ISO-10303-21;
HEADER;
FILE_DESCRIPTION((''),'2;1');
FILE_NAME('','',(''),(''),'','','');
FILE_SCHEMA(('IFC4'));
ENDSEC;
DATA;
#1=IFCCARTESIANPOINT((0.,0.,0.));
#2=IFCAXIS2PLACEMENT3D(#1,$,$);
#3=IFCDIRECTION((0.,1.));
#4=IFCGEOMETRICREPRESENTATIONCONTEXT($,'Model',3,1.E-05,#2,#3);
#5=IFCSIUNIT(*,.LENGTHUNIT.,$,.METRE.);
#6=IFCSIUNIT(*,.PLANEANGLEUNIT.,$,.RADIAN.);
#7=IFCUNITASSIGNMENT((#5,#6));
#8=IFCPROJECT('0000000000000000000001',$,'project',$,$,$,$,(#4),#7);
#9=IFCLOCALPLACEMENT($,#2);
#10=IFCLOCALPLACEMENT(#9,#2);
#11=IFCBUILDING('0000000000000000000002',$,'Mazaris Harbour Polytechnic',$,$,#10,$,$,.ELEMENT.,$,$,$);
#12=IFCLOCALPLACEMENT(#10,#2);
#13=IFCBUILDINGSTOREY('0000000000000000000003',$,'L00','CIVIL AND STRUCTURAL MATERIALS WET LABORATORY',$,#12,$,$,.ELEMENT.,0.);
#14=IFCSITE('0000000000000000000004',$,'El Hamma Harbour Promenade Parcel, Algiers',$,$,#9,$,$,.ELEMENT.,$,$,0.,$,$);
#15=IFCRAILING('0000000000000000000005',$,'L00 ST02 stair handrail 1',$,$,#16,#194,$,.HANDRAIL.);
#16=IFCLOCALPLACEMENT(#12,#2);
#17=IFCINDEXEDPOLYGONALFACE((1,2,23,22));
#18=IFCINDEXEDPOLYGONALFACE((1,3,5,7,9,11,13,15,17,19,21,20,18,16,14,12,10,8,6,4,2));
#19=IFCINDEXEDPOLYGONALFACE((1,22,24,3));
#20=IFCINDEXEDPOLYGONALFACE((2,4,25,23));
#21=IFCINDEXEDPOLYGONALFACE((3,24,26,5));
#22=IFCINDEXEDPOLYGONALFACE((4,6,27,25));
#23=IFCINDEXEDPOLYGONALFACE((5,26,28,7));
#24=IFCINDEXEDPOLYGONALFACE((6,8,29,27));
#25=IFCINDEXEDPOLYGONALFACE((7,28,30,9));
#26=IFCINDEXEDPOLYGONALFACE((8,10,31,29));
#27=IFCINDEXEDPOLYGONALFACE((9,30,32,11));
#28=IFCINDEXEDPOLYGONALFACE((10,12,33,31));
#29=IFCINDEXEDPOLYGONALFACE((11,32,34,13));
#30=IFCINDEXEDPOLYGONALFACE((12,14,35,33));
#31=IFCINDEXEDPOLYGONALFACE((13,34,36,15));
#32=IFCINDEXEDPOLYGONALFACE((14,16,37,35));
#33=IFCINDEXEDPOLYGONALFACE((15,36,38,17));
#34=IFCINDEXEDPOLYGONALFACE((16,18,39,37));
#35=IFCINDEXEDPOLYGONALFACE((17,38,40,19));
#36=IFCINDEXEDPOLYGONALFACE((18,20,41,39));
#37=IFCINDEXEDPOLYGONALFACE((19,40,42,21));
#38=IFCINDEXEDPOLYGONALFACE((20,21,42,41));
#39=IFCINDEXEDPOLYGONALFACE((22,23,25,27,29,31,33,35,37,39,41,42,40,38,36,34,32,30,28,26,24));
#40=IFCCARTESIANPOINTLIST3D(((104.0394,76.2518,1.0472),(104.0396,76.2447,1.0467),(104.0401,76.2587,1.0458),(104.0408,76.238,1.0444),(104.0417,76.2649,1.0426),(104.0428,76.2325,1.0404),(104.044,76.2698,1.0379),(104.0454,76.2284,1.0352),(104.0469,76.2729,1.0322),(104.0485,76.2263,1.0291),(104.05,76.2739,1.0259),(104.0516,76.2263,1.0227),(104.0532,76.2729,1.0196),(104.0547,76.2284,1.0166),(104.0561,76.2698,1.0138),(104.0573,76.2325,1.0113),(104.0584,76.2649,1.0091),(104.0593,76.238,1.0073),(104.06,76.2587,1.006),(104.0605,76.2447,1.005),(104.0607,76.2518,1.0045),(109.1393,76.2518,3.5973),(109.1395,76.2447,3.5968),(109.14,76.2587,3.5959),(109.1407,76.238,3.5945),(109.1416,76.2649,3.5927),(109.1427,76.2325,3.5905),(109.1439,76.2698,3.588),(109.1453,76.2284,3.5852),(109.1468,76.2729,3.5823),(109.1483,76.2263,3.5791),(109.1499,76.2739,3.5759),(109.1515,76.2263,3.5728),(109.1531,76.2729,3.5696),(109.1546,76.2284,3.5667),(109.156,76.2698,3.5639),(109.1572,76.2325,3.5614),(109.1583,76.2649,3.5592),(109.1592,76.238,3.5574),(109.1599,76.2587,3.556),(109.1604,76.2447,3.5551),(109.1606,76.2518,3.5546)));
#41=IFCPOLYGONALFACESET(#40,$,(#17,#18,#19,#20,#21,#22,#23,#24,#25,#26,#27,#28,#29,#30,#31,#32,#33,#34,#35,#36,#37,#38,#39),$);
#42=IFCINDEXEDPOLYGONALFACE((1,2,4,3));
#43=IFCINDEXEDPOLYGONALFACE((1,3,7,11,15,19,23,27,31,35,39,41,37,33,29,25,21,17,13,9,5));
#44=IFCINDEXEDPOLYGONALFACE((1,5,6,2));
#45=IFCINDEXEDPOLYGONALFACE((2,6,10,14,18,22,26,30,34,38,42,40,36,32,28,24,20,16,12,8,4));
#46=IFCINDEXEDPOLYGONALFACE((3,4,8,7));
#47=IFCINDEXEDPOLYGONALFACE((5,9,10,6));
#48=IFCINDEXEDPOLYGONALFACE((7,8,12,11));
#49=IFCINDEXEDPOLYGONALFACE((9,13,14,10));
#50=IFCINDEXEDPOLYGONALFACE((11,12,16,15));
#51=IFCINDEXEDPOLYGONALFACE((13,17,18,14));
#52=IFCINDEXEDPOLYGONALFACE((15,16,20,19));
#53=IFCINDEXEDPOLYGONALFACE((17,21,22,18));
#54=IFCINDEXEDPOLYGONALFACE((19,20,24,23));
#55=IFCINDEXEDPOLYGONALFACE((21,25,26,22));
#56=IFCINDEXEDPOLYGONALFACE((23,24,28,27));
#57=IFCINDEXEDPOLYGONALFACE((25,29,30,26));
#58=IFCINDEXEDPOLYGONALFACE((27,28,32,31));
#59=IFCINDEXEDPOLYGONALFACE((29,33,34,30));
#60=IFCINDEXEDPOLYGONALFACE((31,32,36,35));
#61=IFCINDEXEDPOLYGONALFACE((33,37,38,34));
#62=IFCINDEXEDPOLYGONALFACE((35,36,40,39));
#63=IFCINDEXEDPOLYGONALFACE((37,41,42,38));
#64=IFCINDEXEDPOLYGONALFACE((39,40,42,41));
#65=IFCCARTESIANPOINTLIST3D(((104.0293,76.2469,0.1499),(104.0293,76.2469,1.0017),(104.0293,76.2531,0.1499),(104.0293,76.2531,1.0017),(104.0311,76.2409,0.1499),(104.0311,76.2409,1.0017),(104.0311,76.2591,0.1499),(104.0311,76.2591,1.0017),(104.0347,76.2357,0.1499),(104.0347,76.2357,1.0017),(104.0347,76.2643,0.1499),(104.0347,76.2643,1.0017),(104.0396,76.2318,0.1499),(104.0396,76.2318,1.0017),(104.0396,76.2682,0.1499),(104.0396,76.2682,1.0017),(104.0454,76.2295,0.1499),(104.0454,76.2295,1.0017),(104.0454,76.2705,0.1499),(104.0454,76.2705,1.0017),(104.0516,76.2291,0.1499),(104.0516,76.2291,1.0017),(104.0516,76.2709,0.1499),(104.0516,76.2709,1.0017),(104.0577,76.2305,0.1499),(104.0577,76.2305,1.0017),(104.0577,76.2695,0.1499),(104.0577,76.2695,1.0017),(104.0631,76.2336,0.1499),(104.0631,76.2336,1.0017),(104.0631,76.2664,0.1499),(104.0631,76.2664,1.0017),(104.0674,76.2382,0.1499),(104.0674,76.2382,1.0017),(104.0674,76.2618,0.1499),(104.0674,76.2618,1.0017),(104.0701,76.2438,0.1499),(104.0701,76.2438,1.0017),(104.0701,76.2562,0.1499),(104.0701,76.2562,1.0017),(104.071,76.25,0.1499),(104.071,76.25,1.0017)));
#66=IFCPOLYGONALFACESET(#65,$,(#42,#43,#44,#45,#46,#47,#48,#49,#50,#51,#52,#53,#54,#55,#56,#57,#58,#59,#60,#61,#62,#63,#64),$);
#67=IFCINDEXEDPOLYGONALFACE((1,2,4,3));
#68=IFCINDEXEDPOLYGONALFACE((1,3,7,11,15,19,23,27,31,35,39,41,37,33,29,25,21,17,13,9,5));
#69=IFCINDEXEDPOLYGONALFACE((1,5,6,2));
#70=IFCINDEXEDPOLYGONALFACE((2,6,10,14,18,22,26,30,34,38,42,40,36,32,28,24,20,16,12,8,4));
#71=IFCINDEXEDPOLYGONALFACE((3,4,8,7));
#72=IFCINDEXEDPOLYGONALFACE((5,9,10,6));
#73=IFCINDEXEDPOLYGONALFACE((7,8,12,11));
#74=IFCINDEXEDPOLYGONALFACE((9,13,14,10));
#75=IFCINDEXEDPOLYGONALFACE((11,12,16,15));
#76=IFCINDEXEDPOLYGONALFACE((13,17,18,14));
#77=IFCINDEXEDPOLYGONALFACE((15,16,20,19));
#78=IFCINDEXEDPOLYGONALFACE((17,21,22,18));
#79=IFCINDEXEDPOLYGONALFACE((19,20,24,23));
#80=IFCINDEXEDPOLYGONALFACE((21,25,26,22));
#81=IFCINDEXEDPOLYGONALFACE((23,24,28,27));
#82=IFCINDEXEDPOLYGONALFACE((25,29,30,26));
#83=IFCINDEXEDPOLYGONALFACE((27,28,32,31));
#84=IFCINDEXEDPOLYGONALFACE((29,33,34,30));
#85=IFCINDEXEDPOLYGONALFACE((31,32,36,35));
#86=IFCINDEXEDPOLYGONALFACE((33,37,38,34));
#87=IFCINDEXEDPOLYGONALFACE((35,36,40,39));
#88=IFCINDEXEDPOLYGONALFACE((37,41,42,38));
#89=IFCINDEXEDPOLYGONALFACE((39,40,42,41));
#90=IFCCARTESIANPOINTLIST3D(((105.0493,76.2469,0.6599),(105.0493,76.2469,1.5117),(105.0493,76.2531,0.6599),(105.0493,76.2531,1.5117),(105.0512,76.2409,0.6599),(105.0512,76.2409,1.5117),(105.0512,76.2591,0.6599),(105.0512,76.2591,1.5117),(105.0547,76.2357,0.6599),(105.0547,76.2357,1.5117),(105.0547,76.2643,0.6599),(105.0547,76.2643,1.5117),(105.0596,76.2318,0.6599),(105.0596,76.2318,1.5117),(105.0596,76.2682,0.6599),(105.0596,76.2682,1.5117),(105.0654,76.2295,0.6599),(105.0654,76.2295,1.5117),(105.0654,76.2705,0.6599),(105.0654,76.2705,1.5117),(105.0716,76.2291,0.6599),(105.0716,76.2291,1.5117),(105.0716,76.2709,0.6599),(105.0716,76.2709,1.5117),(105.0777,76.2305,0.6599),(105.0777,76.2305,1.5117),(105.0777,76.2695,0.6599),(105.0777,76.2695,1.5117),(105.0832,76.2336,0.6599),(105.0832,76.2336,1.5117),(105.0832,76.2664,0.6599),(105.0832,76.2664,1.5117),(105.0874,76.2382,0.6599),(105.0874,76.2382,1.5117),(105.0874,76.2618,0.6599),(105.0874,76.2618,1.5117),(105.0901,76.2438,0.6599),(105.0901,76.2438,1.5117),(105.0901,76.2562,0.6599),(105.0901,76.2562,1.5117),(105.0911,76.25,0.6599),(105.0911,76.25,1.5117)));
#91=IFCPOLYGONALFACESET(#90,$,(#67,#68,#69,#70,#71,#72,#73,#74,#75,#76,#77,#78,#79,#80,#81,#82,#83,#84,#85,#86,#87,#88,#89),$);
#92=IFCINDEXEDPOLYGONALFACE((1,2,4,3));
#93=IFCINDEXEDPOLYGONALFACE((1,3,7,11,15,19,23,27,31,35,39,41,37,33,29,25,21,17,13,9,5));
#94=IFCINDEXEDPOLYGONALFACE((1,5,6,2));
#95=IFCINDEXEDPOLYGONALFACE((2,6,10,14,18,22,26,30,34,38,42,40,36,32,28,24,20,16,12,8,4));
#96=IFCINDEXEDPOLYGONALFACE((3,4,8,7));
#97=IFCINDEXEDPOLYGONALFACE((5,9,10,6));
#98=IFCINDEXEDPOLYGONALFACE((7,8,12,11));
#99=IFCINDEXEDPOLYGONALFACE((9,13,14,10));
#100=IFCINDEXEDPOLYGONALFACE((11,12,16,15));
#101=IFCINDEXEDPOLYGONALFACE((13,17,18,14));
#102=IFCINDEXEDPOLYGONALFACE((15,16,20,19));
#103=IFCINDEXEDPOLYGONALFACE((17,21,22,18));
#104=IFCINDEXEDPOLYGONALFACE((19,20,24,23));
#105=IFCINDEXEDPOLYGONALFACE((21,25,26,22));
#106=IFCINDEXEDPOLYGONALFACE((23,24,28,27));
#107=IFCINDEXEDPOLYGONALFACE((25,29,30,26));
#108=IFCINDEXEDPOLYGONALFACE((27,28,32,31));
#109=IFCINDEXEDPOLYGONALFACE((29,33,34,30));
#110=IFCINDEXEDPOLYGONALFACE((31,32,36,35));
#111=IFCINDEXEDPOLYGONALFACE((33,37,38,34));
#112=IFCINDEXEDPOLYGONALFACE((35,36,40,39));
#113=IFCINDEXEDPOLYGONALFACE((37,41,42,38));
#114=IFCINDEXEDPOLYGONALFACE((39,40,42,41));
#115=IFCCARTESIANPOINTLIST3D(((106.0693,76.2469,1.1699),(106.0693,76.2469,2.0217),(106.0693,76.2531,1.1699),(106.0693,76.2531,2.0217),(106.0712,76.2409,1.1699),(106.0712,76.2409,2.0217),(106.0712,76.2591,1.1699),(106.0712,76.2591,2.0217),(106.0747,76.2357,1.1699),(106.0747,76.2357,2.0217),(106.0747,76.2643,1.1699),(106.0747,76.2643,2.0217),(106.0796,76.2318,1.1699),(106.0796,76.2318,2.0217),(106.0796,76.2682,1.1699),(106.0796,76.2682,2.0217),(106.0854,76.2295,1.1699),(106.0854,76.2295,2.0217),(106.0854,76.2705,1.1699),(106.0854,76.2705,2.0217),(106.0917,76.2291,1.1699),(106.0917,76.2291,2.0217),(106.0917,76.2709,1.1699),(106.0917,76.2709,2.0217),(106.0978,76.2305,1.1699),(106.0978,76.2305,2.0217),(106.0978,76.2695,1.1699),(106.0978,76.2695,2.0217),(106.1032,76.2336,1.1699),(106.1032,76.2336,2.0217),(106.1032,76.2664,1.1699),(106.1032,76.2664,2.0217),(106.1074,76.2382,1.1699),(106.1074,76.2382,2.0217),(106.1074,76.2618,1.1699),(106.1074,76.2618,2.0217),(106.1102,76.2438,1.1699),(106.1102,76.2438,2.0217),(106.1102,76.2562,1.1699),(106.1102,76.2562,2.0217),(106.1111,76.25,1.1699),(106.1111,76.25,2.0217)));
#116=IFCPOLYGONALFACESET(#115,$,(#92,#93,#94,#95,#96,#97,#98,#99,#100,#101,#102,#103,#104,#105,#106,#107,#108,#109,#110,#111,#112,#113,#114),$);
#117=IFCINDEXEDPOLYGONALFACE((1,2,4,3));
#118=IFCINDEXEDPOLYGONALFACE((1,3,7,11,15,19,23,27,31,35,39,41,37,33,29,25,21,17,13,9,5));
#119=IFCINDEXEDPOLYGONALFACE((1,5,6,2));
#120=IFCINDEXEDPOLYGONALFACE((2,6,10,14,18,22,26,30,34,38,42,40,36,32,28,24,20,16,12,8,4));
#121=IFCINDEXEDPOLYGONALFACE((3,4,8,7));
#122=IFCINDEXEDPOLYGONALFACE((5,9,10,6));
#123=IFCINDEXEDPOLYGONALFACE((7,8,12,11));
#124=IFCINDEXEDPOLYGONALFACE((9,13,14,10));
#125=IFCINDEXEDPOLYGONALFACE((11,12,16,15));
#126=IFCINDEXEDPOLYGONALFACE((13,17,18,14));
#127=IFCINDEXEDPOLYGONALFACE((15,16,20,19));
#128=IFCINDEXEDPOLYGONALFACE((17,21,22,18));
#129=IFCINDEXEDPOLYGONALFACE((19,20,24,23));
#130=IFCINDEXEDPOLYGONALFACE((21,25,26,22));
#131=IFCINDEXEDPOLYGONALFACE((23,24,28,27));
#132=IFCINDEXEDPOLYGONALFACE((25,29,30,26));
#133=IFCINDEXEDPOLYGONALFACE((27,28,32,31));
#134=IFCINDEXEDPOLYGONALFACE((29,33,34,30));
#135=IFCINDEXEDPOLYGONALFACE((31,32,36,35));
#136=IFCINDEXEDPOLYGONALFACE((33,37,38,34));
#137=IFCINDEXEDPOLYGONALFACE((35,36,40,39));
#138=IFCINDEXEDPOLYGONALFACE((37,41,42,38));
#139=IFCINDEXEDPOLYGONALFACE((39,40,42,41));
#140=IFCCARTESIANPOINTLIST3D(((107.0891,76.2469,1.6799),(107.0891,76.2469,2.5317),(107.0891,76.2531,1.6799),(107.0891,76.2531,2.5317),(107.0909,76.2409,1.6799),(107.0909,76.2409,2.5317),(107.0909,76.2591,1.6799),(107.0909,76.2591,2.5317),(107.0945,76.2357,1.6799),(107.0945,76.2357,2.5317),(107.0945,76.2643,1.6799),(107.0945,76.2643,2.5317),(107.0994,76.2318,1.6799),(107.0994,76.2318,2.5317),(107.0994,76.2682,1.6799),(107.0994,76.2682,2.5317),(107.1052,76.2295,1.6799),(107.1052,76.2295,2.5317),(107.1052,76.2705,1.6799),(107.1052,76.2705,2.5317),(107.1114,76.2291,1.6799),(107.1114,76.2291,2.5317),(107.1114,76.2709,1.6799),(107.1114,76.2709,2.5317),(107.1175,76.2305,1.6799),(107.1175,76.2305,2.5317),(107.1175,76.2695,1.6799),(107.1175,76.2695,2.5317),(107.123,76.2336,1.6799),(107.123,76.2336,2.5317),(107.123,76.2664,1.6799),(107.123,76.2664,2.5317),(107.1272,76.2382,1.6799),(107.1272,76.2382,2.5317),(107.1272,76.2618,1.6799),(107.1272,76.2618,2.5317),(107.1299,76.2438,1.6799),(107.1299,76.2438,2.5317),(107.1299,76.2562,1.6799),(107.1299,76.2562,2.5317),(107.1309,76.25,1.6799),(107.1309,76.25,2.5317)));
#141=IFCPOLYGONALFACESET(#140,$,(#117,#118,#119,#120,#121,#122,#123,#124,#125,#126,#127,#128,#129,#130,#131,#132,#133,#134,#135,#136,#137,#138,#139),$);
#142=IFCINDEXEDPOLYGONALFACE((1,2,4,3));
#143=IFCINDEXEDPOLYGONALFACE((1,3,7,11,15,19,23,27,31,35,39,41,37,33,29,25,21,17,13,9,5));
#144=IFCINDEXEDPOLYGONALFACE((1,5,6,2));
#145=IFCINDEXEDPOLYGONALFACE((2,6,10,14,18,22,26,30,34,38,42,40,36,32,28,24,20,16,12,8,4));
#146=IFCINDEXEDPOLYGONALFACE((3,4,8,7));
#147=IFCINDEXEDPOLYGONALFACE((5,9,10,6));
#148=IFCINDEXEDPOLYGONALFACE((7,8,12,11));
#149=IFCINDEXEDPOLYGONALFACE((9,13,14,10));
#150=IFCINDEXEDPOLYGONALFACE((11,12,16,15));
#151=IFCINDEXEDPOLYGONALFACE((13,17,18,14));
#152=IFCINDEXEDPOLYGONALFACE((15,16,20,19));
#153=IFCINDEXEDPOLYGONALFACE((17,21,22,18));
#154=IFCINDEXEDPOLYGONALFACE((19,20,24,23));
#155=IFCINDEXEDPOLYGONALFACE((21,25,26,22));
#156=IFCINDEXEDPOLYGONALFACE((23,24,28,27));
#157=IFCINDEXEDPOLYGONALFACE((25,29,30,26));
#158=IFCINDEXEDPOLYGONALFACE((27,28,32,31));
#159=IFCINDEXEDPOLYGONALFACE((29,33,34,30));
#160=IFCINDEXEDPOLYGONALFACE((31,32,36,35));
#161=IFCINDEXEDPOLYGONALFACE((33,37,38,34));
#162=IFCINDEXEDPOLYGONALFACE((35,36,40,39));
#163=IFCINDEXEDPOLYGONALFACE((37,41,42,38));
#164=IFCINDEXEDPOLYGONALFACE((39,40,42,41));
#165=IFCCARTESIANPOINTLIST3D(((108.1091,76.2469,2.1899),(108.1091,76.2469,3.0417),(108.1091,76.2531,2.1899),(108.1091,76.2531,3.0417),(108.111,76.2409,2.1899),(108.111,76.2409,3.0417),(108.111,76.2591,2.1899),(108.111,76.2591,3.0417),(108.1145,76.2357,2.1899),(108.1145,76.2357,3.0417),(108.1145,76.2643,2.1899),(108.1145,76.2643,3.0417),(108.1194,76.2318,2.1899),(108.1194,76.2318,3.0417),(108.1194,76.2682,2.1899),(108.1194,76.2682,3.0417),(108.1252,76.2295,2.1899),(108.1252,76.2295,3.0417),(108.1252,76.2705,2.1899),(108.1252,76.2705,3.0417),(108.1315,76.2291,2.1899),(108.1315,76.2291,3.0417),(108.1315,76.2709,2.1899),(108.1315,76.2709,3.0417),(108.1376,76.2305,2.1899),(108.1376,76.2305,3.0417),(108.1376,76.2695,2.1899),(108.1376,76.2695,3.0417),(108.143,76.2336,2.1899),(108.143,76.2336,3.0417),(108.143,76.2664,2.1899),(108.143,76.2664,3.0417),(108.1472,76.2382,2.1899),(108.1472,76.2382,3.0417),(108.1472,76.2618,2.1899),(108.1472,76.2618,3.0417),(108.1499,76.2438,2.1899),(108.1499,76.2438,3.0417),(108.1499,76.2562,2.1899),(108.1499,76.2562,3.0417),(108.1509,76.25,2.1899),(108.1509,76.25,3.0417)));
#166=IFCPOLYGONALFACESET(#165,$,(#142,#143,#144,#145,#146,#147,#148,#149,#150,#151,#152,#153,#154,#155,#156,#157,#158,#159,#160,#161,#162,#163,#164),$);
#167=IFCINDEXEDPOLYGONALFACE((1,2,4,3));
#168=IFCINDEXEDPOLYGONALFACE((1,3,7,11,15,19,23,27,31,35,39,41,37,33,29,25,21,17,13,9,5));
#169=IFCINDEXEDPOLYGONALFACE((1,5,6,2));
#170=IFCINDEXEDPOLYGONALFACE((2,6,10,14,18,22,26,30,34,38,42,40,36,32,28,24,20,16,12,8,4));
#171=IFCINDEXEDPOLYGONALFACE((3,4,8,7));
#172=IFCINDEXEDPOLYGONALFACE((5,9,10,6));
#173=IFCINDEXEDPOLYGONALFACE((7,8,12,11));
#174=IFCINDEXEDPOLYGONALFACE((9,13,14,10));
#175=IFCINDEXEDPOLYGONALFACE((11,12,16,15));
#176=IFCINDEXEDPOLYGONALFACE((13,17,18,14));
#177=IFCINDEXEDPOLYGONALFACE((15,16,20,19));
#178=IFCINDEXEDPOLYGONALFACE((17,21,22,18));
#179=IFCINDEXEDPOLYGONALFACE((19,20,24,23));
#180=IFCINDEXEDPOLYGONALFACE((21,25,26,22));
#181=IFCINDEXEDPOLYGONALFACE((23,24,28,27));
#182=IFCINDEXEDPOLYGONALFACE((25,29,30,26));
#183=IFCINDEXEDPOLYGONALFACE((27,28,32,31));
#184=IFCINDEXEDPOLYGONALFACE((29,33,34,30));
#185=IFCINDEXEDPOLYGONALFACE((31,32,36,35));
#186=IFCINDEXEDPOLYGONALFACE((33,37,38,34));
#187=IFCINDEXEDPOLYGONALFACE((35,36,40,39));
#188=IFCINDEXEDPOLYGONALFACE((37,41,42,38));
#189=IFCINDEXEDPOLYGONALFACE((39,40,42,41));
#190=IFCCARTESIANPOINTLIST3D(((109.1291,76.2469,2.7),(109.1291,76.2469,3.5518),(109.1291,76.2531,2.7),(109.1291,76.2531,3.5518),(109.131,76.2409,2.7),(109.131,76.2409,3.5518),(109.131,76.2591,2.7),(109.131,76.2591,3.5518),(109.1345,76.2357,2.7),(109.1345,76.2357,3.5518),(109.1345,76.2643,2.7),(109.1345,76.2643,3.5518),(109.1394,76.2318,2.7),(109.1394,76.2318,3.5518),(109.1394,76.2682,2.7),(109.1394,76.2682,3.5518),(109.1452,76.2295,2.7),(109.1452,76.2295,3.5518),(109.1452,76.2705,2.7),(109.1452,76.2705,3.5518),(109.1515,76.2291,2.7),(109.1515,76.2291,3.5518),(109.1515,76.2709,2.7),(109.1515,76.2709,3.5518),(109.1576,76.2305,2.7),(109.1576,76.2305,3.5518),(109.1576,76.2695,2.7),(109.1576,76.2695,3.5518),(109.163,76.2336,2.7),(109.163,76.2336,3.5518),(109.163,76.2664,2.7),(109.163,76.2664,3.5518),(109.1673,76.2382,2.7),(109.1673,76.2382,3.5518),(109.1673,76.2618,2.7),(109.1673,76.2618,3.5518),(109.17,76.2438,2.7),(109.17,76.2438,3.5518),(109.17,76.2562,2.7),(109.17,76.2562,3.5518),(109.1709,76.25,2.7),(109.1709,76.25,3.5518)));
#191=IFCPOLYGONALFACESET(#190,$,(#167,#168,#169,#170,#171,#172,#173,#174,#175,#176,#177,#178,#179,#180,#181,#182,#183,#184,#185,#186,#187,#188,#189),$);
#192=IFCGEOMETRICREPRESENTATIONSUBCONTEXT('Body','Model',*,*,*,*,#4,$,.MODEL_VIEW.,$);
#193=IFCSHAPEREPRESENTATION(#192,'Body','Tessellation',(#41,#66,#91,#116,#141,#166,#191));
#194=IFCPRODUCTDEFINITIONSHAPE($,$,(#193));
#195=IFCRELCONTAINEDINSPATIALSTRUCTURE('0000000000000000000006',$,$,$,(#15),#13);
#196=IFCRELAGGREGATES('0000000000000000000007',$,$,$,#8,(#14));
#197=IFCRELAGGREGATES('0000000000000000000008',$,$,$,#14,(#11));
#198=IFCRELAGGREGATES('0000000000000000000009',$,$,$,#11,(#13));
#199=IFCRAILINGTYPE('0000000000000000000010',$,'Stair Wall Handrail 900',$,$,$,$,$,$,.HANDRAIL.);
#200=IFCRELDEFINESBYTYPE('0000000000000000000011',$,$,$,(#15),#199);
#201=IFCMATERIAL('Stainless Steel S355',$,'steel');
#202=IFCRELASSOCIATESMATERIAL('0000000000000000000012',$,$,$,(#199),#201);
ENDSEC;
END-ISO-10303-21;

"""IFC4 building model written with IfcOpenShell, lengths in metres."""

from ifc_helpers import new_model, si_unit, direction, frame, origin, origin_2d, place, context, subcontext, project, spatial, circle, extrude, material, type_object, element, save


model = new_model("IFC4")

# Units and contexts
model_context = context("Model", 3, precision=1e-05, world=origin(), true_north=direction((0.0, 1.0)))
body_context = subcontext(model_context, "Body", "Model", "MODEL_VIEW")
ifc_project = project(units=[si_unit("LENGTHUNIT", "METRE"), si_unit("PLANEANGLEUNIT", "RADIAN")], contexts=[model_context])

# Site, building, storey
site_placement = place(None, origin())
site = spatial("IfcSite", under=ifc_project, at=site_placement, Name="El Hamma Harbour Promenade Parcel, Algiers", CompositionType="ELEMENT", RefElevation=0.0)
building_placement = place(site_placement, origin())
building = spatial("IfcBuilding", under=site, at=building_placement, Name="Mazaris Harbour Polytechnic", CompositionType="ELEMENT")
storey_placement = place(building_placement, origin())
storey = spatial("IfcBuildingStorey", under=building, at=storey_placement, Name="L00", Description="CIVIL AND STRUCTURAL MATERIALS WET LABORATORY", CompositionType="ELEMENT", Elevation=0.0)

# Railing
ifc_material_1 = material(Name="Stainless Steel S355", Category="steel")
railing_type_1 = type_object("IfcRailingType", Name="Stair Wall Handrail 900", PredefinedType="HANDRAIL", material=ifc_material_1)
railing_1_placement = place(storey_placement, frame((104.05, 76.25, 0.1499)))
element("IfcRailing", 1, at=railing_1_placement, inside=storey, type_object=railing_type_1, Name="L00 ST02 stair handrail 1", PredefinedType="HANDRAIL", context=body_context, shape_type="SweptSolid", body=[
    extrude(circle(Radius=0.0239, at=origin_2d()), frame((0.0, 0.0, 0.876), z_axis=(0.894419, 0.0, 0.447231), x_axis=(0.0, 1.0, 0.0)), (0.0, 0.0, 1.0), 5.7019),
    extrude(circle(Radius=0.021, at=origin_2d()), origin(), (0.0, 0.0, 1.0), 0.8518),
    extrude(circle(Radius=0.021, at=origin_2d()), frame((1.02, 0.0, 0.51)), (0.0, 0.0, 1.0), 0.8518),
    extrude(circle(Radius=0.021, at=origin_2d()), frame((2.04, 0.0, 1.02)), (0.0, 0.0, 1.0), 0.8518),
    extrude(circle(Radius=0.021, at=origin_2d()), frame((3.0598, 0.0, 1.53)), (0.0, 0.0, 1.0), 0.8518),
    extrude(circle(Radius=0.021, at=origin_2d()), frame((4.0798, 0.0, 2.04)), (0.0, 0.0, 1.0), 0.8518),
    extrude(circle(Radius=0.021, at=origin_2d()), frame((5.0999, 0.0, 2.55)), (0.0, 0.0, 1.0), 0.8518),
])

save(model, "model.ifc")
